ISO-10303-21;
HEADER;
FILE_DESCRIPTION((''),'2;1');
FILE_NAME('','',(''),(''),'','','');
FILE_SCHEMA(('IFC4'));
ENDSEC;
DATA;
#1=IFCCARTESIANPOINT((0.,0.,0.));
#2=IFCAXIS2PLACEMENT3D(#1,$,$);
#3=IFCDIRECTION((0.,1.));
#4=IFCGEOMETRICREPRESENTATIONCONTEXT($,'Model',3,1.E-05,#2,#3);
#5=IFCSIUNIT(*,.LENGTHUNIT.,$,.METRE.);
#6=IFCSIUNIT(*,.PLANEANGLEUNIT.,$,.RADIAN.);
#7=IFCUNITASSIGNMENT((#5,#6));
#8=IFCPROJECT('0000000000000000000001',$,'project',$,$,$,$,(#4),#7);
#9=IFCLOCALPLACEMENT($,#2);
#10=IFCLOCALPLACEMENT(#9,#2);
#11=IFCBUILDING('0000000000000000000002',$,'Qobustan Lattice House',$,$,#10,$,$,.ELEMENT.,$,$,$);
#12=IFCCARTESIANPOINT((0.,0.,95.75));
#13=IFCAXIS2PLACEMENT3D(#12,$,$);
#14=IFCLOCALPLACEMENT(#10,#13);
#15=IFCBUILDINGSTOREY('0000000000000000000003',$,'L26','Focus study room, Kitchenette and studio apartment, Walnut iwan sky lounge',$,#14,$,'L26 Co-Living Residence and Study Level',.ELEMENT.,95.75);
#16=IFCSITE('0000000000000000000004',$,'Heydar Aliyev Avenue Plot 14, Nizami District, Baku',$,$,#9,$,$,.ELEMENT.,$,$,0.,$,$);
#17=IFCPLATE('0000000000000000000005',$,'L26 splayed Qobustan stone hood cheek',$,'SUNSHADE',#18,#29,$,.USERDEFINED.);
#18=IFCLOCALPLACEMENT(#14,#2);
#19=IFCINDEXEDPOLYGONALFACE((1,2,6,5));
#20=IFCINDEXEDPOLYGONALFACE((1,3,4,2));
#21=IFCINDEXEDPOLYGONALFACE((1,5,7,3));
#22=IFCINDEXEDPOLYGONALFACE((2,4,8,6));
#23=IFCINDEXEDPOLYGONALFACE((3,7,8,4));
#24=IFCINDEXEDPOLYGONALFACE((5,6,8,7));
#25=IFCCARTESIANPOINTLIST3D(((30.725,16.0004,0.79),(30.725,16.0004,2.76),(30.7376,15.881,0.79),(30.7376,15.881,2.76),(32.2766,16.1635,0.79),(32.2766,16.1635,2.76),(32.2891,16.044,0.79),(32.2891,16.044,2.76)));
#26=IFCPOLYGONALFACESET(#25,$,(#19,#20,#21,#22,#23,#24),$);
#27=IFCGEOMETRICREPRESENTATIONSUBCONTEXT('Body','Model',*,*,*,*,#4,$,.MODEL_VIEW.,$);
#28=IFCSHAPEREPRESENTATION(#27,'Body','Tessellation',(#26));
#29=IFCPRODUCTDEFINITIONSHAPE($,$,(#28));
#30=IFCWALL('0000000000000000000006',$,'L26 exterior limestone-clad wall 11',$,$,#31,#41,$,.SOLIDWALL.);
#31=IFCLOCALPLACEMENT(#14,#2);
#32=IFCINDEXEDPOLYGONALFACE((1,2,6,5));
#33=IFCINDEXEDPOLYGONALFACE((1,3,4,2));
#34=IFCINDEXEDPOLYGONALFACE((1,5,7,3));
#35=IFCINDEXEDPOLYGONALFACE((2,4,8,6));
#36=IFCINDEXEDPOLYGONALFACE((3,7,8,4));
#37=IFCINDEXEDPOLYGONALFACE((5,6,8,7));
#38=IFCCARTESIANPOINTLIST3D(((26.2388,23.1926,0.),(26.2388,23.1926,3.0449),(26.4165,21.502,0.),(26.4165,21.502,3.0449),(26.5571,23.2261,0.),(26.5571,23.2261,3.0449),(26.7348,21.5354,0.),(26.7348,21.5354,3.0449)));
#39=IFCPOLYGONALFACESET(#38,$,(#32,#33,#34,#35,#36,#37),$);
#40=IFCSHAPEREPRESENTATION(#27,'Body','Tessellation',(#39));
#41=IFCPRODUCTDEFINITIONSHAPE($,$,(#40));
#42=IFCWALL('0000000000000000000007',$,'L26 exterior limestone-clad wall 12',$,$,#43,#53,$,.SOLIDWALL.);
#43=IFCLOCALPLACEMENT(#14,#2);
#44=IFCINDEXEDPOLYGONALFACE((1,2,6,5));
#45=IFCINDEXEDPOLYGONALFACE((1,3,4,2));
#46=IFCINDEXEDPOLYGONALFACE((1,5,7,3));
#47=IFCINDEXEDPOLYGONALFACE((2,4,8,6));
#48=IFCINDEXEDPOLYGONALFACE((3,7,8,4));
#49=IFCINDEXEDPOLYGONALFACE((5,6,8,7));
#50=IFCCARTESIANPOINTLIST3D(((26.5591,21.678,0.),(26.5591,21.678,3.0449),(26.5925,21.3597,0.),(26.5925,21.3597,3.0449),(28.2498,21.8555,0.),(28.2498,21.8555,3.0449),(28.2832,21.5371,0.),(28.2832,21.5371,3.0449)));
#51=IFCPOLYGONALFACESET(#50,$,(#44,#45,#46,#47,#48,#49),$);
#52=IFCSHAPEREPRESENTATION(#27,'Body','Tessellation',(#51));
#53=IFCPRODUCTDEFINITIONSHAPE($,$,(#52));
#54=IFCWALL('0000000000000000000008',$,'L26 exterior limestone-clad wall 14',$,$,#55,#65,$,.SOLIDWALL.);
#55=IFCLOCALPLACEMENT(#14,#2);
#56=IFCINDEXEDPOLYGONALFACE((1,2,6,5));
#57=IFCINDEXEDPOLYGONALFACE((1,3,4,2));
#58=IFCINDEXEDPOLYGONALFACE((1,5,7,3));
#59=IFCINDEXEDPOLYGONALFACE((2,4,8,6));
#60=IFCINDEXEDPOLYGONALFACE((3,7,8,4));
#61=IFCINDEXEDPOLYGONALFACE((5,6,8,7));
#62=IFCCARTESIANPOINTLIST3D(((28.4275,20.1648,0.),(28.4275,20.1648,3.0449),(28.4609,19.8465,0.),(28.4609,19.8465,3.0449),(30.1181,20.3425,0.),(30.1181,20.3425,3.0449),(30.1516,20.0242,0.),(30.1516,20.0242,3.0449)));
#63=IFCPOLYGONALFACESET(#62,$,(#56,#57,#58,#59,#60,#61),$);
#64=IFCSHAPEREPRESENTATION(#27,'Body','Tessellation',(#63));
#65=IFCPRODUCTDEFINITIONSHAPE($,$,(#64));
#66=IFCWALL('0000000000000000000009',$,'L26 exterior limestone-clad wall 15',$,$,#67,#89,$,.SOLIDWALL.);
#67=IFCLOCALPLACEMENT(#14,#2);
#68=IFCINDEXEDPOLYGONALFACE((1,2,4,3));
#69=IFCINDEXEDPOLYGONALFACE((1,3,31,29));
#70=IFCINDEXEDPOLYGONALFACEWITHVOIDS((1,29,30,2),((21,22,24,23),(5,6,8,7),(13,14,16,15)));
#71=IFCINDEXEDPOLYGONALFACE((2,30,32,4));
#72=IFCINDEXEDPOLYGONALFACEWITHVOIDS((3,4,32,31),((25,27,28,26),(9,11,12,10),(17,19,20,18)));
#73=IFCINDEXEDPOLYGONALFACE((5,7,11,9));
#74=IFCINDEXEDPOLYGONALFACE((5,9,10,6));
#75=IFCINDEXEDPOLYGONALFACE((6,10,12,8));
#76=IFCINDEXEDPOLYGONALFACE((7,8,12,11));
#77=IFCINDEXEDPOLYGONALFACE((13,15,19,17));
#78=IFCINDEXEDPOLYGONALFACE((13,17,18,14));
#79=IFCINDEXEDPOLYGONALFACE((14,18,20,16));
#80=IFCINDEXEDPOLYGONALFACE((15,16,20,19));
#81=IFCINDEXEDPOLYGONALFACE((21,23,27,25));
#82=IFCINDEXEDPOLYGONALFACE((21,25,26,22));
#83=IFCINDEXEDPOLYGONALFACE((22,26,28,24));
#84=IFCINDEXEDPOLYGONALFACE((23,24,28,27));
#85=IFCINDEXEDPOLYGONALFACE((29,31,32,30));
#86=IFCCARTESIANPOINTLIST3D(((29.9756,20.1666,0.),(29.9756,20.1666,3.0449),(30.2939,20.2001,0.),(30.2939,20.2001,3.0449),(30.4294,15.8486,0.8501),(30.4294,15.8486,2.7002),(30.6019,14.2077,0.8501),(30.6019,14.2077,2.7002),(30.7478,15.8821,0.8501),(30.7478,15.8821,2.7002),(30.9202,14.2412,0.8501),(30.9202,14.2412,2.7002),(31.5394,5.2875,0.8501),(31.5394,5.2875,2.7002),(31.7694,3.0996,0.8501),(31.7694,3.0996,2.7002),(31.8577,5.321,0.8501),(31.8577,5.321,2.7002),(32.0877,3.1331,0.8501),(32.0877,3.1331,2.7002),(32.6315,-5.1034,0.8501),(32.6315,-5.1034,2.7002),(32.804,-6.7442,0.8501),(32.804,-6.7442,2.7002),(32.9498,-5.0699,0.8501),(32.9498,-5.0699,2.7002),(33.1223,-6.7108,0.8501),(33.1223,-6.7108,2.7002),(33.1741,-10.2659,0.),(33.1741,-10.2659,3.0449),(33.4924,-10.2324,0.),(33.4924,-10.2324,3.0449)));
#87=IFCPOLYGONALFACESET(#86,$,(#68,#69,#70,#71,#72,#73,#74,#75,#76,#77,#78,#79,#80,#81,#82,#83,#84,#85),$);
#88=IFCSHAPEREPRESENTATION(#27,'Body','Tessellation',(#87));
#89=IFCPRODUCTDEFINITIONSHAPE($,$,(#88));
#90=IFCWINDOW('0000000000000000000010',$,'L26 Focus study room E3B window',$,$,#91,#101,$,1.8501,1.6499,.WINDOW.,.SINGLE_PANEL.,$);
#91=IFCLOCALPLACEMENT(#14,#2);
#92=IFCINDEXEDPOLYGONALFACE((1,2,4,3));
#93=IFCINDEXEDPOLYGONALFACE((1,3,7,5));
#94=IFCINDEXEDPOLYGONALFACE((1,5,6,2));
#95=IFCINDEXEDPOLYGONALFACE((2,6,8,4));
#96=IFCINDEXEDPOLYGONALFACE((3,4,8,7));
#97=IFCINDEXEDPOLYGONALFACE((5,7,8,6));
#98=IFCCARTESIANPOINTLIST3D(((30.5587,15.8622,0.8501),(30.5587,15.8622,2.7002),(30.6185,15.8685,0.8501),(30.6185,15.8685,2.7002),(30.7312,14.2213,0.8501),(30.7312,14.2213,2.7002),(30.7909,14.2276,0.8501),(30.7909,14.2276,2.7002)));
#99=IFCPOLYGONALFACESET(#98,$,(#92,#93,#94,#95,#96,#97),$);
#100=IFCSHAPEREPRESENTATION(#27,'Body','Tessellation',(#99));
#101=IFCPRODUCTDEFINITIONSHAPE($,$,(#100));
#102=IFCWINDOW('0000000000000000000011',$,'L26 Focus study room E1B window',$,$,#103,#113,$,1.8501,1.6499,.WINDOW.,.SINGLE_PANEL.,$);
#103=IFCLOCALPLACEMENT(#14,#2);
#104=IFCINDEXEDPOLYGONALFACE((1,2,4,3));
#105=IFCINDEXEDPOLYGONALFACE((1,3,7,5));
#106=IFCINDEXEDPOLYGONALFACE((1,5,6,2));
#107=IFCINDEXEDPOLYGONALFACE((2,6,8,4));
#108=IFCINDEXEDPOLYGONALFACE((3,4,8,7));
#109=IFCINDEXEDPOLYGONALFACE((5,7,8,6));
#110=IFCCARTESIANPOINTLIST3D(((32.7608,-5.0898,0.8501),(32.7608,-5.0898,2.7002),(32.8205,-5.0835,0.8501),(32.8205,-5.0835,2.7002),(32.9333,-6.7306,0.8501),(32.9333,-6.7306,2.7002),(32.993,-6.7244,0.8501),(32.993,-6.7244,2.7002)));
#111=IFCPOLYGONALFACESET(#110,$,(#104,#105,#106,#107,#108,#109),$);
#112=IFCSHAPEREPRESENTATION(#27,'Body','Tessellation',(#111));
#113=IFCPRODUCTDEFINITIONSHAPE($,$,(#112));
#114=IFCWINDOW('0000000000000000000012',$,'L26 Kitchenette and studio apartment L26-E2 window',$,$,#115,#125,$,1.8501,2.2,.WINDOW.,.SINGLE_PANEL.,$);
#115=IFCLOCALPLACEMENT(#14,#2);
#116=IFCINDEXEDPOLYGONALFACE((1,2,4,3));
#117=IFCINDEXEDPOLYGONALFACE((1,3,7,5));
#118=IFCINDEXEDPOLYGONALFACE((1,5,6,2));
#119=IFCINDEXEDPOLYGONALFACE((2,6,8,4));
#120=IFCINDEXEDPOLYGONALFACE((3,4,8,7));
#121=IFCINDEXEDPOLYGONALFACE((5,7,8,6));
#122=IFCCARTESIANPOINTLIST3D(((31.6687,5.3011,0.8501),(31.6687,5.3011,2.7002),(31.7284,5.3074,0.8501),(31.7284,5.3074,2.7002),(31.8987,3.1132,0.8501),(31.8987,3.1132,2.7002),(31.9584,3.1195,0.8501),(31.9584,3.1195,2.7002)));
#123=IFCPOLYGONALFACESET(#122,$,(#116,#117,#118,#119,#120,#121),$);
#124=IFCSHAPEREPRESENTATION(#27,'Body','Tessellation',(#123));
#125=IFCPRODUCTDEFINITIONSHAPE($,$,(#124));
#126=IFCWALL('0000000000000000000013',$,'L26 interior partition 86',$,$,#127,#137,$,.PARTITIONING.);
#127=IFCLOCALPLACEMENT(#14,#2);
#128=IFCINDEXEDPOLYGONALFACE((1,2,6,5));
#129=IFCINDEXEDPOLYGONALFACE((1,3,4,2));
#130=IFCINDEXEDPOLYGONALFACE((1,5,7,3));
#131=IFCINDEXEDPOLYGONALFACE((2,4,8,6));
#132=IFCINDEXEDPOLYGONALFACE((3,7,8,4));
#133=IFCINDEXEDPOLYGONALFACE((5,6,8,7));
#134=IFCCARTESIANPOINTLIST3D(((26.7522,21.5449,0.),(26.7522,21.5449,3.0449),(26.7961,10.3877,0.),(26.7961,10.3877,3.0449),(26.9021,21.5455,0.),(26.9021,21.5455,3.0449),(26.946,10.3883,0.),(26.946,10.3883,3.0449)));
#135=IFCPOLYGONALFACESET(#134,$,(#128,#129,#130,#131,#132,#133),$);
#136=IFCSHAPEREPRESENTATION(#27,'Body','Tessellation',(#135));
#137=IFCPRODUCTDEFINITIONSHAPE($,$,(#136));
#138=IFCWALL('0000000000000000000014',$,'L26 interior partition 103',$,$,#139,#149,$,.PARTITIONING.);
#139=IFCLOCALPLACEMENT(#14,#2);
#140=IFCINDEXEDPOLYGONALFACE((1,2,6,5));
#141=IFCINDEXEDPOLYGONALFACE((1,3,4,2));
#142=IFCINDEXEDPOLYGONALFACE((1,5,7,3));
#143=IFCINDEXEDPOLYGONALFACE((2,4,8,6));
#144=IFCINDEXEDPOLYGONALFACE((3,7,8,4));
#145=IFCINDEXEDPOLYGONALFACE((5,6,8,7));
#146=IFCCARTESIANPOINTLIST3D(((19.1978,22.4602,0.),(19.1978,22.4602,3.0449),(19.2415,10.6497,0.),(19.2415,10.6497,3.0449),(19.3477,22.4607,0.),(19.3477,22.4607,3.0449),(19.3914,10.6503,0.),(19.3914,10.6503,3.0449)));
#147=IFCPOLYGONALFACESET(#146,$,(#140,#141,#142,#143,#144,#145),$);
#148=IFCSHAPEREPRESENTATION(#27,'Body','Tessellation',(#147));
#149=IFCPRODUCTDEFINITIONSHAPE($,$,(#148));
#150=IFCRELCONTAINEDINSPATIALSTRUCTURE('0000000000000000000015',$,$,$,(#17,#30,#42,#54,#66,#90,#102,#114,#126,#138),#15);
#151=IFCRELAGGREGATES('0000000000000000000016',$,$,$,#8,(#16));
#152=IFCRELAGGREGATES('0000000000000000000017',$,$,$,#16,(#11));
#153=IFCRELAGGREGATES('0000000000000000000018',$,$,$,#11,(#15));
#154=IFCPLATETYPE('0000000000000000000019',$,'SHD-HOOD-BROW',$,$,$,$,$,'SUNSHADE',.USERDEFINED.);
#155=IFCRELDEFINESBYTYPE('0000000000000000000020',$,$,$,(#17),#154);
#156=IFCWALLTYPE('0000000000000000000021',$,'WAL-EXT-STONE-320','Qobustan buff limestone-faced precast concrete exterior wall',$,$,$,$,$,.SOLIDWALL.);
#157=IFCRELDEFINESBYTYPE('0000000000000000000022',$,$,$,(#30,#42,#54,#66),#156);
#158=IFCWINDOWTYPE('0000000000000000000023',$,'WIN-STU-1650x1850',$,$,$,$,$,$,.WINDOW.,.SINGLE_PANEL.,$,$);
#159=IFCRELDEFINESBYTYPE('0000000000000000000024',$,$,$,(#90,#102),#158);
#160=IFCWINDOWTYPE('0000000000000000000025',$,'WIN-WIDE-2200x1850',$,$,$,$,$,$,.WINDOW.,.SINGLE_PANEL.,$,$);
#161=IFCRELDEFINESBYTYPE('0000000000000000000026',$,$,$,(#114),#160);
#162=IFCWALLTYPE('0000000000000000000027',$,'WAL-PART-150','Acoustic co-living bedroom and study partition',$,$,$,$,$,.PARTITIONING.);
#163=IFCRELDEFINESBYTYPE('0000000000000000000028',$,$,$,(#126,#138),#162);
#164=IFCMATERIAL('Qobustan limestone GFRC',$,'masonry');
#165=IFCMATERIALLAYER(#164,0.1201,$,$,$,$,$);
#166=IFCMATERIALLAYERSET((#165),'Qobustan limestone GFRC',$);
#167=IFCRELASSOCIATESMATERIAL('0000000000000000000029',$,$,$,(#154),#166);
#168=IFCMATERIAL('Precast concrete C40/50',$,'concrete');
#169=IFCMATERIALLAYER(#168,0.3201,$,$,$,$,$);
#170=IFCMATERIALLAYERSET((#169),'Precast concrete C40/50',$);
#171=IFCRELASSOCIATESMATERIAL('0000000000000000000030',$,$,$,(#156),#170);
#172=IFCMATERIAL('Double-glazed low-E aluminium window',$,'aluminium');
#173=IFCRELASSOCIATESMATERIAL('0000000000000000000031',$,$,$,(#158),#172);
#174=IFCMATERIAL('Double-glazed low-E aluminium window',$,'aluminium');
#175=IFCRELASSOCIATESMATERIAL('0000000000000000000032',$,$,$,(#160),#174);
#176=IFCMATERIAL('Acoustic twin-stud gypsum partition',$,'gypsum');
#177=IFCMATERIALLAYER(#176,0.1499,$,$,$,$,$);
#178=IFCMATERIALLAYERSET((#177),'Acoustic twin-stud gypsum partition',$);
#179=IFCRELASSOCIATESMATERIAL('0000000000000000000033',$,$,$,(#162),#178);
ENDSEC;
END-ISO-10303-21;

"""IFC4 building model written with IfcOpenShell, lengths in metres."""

from ifc_helpers import new_model, si_unit, direction, frame, frame_2d, origin, origin_2d, place, context, subcontext, project, spatial, rectangle, extrude, material, layer, layer_set, type_object, element, fill, save


model = new_model("IFC4")

# Units and contexts
model_context = context("Model", 3, precision=1e-05, world=origin(), true_north=direction((0.0, 1.0)))
body_context = subcontext(model_context, "Body", "Model", "MODEL_VIEW")
ifc_project = project(units=[si_unit("LENGTHUNIT", "METRE"), si_unit("PLANEANGLEUNIT", "RADIAN")], contexts=[model_context])

# Site, building, storey
site_placement = place(None, origin())
site = spatial("IfcSite", under=ifc_project, at=site_placement, Name="Heydar Aliyev Avenue Plot 14, Nizami District, Baku", CompositionType="ELEMENT", RefElevation=0.0)
building_placement = place(site_placement, origin())
building = spatial("IfcBuilding", under=site, at=building_placement, Name="Qobustan Lattice House", CompositionType="ELEMENT")
storey_placement = place(building_placement, frame((0.0, 0.0, 95.75)))
storey = spatial("IfcBuildingStorey", under=building, at=storey_placement, Name="L26", Description="Focus study room, Kitchenette and studio apartment, Walnut iwan sky lounge", LongName="L26 Co-Living Residence and Study Level", CompositionType="ELEMENT", Elevation=95.75)

# Plate
ifc_material_1 = material(Name="Qobustan limestone GFRC", Category="masonry")
ifc_layer_1 = layer(ifc_material_1, 0.1201)
ifc_layer_set_1 = layer_set([ifc_layer_1], Name="Qobustan limestone GFRC")
plate_type_1 = type_object("IfcPlateType", Name="SHD-HOOD-BROW", ElementType="SUNSHADE", PredefinedType="USERDEFINED", material=ifc_layer_set_1)
plate_1_placement = place(storey_placement, frame((31.5071, 16.0222, 0.79), z_axis=(0.0, 0.0, 1.0), x_axis=(0.104528, -0.994522, 0.0)))
element("IfcPlate", 1, at=plate_1_placement, inside=storey, type_object=plate_type_1, Name="L26 splayed Qobustan stone hood cheek", ObjectType="SUNSHADE", PredefinedType="USERDEFINED", context=body_context, shape_type="SweptSolid", body=[
    extrude(rectangle(XDim=0.1201, YDim=1.5601, at=origin_2d()), origin(), (0.0, 0.0, 1.0), 1.97),
])

# Walls
ifc_material_2 = material(Name="Precast concrete C40/50", Category="concrete")
ifc_layer_2 = layer(ifc_material_2, 0.3201)
ifc_layer_set_2 = layer_set([ifc_layer_2], Name="Precast concrete C40/50")
wall_type_1 = type_object("IfcWallType", Name="WAL-EXT-STONE-320", Description="Qobustan buff limestone-faced precast concrete exterior wall", PredefinedType="SOLIDWALL", material=ifc_layer_set_2)
for number, where, z_axis, x_axis, name in (
    (2, (26.3979, 23.2095, 0.0), (0.0, 0.0, 1.0), (0.10455, -0.99452, 0.0), "L26 exterior limestone-clad wall 11"),
    (3, (26.5757, 21.5188, 0.0), (0.0, 0.0, 1.0), (0.994535, 0.104408, 0.0), "L26 exterior limestone-clad wall 12"),
    (4, (28.4441, 20.0056, 0.0), (0.0, 0.0, 1.0), (0.99452, 0.10455, 0.0), "L26 exterior limestone-clad wall 14"),
):
    element("IfcWall", number, at=place(storey_placement, frame(where, z_axis=z_axis, x_axis=x_axis)), inside=storey, type_object=wall_type_1, Name=name, PredefinedType="SOLIDWALL", context=body_context, shape_type="SweptSolid", body=[
        extrude(rectangle(XDim=1.7, YDim=0.3201, at=frame_2d((0.8501, 0.0))), origin(), (0.0, 0.0, 1.0), 3.0449),
    ])

# Wall, openings, windows
wall_1_placement = place(storey_placement, frame((30.1348, 20.1833, 0.0), z_axis=(0.0, 0.0, 1.0), x_axis=(0.104526, -0.994522, 0.0)))
wall_1 = element("IfcWall", 5, at=wall_1_placement, inside=storey, type_object=wall_type_1, Name="L26 exterior limestone-clad wall 15", PredefinedType="SOLIDWALL", context=body_context, shape_type="SweptSolid", body=[
    extrude(rectangle(XDim=30.6001, YDim=0.3201, at=frame_2d((15.3, 0.0))), origin(), (0.0, 0.0, 1.0), 3.0449),
])
opening_1_placement = place(wall_1_placement, frame((4.3418, 0.0, 0.8501)))
opening_1 = element("IfcOpeningElement", 6, at=opening_1_placement, cuts=wall_1, PredefinedType="OPENING", context=body_context, shape_type="SweptSolid", body=[
    extrude(rectangle(XDim=1.6499, YDim=1.8501, at=frame_2d((0.825, 0.925))), frame((0.0, 0.1699, 0.0), z_axis=(0.0, -1.0, 0.0), x_axis=(1.0, 0.0, 0.0)), (0.0, 0.0, 1.0), 0.3401),
])
opening_2_placement = place(wall_1_placement, frame((14.9609, 0.0, 0.8501)))
opening_2 = element("IfcOpeningElement", 7, at=opening_2_placement, cuts=wall_1, PredefinedType="OPENING", context=body_context, shape_type="SweptSolid", body=[
    extrude(rectangle(XDim=2.2, YDim=1.8501, at=frame_2d((1.1001, 0.925))), frame((0.0, 0.1699, 0.0), z_axis=(0.0, -1.0, 0.0), x_axis=(1.0, 0.0, 0.0)), (0.0, 0.0, 1.0), 0.3401),
])
opening_3_placement = place(wall_1_placement, frame((25.4092, 0.0, 0.8501)))
opening_3 = element("IfcOpeningElement", 8, at=opening_3_placement, cuts=wall_1, PredefinedType="OPENING", context=body_context, shape_type="SweptSolid", body=[
    extrude(rectangle(XDim=1.6499, YDim=1.8501, at=frame_2d((0.825, 0.925))), frame((0.0, 0.1699, 0.0), z_axis=(0.0, -1.0, 0.0), x_axis=(1.0, 0.0, 0.0)), (0.0, 0.0, 1.0), 0.3401),
])
ifc_material_3 = material(Name="Double-glazed low-E aluminium window", Category="aluminium")
window_type_1 = type_object("IfcWindowType", Name="WIN-STU-1650x1850", PartitioningType="SINGLE_PANEL", PredefinedType="WINDOW", material=ifc_material_3)
window_1_placement = place(opening_1_placement, origin())
window_1 = element("IfcWindow", 9, at=window_1_placement, inside=storey, type_object=window_type_1, Name="L26 Focus study room E3B window", OverallHeight=1.8501, OverallWidth=1.6499, PartitioningType="SINGLE_PANEL", PredefinedType="WINDOW", context=body_context, shape_type="SweptSolid", body=[
    extrude(rectangle(XDim=1.6499, YDim=1.8501, at=frame_2d((0.825, 0.925))), frame((0.0, 0.03, 0.0), z_axis=(0.0, -1.0, 0.0), x_axis=(1.0, 0.0, 0.0)), (0.0, 0.0, 1.0), 0.0601),
])
fill(opening_1, window_1)
window_2_placement = place(opening_3_placement, origin())
window_2 = element("IfcWindow", 10, at=window_2_placement, inside=storey, type_object=window_type_1, Name="L26 Focus study room E1B window", OverallHeight=1.8501, OverallWidth=1.6499, PartitioningType="SINGLE_PANEL", PredefinedType="WINDOW", context=body_context, shape_type="SweptSolid", body=[
    extrude(rectangle(XDim=1.6499, YDim=1.8501, at=frame_2d((0.825, 0.925))), frame((0.0, 0.03, 0.0), z_axis=(0.0, -1.0, 0.0), x_axis=(1.0, 0.0, 0.0)), (0.0, 0.0, 1.0), 0.0601),
])
fill(opening_3, window_2)
ifc_material_4 = material(Name="Double-glazed low-E aluminium window", Category="aluminium")
window_type_2 = type_object("IfcWindowType", Name="WIN-WIDE-2200x1850", PartitioningType="SINGLE_PANEL", PredefinedType="WINDOW", material=ifc_material_4)
window_3_placement = place(opening_2_placement, origin())
window_3 = element("IfcWindow", 11, at=window_3_placement, inside=storey, type_object=window_type_2, Name="L26 Kitchenette and studio apartment L26-E2 window", OverallHeight=1.8501, OverallWidth=2.2, PartitioningType="SINGLE_PANEL", PredefinedType="WINDOW", context=body_context, shape_type="SweptSolid", body=[
    extrude(rectangle(XDim=2.2, YDim=1.8501, at=frame_2d((1.1001, 0.925))), frame((0.0, 0.03, 0.0), z_axis=(0.0, -1.0, 0.0), x_axis=(1.0, 0.0, 0.0)), (0.0, 0.0, 1.0), 0.0601),
])
fill(opening_2, window_3)

# Walls
ifc_material_5 = material(Name="Acoustic twin-stud gypsum partition", Category="gypsum")
ifc_layer_3 = layer(ifc_material_5, 0.1499)
ifc_layer_set_3 = layer_set([ifc_layer_3], Name="Acoustic twin-stud gypsum partition")
wall_type_2 = type_object("IfcWallType", Name="WAL-PART-150", Description="Acoustic co-living bedroom and study partition", PredefinedType="PARTITIONING", material=ifc_layer_set_3)
wall_2_placement = place(storey_placement, frame((26.8271, 21.5452, 0.0), z_axis=(0.0, 0.0, 1.0), x_axis=(0.003939, -0.999992, 0.0)))
element("IfcWall", 12, at=wall_2_placement, inside=storey, type_object=wall_type_2, Name="L26 interior partition 86", PredefinedType="PARTITIONING", context=body_context, shape_type="SweptSolid", body=[
    extrude(rectangle(XDim=11.1572, YDim=0.1499, at=frame_2d((5.5786, 0.0))), origin(), (0.0, 0.0, 1.0), 3.0449),
])
wall_3_placement = place(storey_placement, frame((19.2727, 22.4604, 0.0), z_axis=(0.0, 0.0, 1.0), x_axis=(0.0037, -0.999993, 0.0)))
element("IfcWall", 13, at=wall_3_placement, inside=storey, type_object=wall_type_2, Name="L26 interior partition 103", PredefinedType="PARTITIONING", context=body_context, shape_type="SweptSolid", body=[
    extrude(rectangle(XDim=11.8105, YDim=0.1499, at=frame_2d((5.9053, 0.0))), origin(), (0.0, 0.0, 1.0), 3.0449),
])

save(model, "model.ifc")
